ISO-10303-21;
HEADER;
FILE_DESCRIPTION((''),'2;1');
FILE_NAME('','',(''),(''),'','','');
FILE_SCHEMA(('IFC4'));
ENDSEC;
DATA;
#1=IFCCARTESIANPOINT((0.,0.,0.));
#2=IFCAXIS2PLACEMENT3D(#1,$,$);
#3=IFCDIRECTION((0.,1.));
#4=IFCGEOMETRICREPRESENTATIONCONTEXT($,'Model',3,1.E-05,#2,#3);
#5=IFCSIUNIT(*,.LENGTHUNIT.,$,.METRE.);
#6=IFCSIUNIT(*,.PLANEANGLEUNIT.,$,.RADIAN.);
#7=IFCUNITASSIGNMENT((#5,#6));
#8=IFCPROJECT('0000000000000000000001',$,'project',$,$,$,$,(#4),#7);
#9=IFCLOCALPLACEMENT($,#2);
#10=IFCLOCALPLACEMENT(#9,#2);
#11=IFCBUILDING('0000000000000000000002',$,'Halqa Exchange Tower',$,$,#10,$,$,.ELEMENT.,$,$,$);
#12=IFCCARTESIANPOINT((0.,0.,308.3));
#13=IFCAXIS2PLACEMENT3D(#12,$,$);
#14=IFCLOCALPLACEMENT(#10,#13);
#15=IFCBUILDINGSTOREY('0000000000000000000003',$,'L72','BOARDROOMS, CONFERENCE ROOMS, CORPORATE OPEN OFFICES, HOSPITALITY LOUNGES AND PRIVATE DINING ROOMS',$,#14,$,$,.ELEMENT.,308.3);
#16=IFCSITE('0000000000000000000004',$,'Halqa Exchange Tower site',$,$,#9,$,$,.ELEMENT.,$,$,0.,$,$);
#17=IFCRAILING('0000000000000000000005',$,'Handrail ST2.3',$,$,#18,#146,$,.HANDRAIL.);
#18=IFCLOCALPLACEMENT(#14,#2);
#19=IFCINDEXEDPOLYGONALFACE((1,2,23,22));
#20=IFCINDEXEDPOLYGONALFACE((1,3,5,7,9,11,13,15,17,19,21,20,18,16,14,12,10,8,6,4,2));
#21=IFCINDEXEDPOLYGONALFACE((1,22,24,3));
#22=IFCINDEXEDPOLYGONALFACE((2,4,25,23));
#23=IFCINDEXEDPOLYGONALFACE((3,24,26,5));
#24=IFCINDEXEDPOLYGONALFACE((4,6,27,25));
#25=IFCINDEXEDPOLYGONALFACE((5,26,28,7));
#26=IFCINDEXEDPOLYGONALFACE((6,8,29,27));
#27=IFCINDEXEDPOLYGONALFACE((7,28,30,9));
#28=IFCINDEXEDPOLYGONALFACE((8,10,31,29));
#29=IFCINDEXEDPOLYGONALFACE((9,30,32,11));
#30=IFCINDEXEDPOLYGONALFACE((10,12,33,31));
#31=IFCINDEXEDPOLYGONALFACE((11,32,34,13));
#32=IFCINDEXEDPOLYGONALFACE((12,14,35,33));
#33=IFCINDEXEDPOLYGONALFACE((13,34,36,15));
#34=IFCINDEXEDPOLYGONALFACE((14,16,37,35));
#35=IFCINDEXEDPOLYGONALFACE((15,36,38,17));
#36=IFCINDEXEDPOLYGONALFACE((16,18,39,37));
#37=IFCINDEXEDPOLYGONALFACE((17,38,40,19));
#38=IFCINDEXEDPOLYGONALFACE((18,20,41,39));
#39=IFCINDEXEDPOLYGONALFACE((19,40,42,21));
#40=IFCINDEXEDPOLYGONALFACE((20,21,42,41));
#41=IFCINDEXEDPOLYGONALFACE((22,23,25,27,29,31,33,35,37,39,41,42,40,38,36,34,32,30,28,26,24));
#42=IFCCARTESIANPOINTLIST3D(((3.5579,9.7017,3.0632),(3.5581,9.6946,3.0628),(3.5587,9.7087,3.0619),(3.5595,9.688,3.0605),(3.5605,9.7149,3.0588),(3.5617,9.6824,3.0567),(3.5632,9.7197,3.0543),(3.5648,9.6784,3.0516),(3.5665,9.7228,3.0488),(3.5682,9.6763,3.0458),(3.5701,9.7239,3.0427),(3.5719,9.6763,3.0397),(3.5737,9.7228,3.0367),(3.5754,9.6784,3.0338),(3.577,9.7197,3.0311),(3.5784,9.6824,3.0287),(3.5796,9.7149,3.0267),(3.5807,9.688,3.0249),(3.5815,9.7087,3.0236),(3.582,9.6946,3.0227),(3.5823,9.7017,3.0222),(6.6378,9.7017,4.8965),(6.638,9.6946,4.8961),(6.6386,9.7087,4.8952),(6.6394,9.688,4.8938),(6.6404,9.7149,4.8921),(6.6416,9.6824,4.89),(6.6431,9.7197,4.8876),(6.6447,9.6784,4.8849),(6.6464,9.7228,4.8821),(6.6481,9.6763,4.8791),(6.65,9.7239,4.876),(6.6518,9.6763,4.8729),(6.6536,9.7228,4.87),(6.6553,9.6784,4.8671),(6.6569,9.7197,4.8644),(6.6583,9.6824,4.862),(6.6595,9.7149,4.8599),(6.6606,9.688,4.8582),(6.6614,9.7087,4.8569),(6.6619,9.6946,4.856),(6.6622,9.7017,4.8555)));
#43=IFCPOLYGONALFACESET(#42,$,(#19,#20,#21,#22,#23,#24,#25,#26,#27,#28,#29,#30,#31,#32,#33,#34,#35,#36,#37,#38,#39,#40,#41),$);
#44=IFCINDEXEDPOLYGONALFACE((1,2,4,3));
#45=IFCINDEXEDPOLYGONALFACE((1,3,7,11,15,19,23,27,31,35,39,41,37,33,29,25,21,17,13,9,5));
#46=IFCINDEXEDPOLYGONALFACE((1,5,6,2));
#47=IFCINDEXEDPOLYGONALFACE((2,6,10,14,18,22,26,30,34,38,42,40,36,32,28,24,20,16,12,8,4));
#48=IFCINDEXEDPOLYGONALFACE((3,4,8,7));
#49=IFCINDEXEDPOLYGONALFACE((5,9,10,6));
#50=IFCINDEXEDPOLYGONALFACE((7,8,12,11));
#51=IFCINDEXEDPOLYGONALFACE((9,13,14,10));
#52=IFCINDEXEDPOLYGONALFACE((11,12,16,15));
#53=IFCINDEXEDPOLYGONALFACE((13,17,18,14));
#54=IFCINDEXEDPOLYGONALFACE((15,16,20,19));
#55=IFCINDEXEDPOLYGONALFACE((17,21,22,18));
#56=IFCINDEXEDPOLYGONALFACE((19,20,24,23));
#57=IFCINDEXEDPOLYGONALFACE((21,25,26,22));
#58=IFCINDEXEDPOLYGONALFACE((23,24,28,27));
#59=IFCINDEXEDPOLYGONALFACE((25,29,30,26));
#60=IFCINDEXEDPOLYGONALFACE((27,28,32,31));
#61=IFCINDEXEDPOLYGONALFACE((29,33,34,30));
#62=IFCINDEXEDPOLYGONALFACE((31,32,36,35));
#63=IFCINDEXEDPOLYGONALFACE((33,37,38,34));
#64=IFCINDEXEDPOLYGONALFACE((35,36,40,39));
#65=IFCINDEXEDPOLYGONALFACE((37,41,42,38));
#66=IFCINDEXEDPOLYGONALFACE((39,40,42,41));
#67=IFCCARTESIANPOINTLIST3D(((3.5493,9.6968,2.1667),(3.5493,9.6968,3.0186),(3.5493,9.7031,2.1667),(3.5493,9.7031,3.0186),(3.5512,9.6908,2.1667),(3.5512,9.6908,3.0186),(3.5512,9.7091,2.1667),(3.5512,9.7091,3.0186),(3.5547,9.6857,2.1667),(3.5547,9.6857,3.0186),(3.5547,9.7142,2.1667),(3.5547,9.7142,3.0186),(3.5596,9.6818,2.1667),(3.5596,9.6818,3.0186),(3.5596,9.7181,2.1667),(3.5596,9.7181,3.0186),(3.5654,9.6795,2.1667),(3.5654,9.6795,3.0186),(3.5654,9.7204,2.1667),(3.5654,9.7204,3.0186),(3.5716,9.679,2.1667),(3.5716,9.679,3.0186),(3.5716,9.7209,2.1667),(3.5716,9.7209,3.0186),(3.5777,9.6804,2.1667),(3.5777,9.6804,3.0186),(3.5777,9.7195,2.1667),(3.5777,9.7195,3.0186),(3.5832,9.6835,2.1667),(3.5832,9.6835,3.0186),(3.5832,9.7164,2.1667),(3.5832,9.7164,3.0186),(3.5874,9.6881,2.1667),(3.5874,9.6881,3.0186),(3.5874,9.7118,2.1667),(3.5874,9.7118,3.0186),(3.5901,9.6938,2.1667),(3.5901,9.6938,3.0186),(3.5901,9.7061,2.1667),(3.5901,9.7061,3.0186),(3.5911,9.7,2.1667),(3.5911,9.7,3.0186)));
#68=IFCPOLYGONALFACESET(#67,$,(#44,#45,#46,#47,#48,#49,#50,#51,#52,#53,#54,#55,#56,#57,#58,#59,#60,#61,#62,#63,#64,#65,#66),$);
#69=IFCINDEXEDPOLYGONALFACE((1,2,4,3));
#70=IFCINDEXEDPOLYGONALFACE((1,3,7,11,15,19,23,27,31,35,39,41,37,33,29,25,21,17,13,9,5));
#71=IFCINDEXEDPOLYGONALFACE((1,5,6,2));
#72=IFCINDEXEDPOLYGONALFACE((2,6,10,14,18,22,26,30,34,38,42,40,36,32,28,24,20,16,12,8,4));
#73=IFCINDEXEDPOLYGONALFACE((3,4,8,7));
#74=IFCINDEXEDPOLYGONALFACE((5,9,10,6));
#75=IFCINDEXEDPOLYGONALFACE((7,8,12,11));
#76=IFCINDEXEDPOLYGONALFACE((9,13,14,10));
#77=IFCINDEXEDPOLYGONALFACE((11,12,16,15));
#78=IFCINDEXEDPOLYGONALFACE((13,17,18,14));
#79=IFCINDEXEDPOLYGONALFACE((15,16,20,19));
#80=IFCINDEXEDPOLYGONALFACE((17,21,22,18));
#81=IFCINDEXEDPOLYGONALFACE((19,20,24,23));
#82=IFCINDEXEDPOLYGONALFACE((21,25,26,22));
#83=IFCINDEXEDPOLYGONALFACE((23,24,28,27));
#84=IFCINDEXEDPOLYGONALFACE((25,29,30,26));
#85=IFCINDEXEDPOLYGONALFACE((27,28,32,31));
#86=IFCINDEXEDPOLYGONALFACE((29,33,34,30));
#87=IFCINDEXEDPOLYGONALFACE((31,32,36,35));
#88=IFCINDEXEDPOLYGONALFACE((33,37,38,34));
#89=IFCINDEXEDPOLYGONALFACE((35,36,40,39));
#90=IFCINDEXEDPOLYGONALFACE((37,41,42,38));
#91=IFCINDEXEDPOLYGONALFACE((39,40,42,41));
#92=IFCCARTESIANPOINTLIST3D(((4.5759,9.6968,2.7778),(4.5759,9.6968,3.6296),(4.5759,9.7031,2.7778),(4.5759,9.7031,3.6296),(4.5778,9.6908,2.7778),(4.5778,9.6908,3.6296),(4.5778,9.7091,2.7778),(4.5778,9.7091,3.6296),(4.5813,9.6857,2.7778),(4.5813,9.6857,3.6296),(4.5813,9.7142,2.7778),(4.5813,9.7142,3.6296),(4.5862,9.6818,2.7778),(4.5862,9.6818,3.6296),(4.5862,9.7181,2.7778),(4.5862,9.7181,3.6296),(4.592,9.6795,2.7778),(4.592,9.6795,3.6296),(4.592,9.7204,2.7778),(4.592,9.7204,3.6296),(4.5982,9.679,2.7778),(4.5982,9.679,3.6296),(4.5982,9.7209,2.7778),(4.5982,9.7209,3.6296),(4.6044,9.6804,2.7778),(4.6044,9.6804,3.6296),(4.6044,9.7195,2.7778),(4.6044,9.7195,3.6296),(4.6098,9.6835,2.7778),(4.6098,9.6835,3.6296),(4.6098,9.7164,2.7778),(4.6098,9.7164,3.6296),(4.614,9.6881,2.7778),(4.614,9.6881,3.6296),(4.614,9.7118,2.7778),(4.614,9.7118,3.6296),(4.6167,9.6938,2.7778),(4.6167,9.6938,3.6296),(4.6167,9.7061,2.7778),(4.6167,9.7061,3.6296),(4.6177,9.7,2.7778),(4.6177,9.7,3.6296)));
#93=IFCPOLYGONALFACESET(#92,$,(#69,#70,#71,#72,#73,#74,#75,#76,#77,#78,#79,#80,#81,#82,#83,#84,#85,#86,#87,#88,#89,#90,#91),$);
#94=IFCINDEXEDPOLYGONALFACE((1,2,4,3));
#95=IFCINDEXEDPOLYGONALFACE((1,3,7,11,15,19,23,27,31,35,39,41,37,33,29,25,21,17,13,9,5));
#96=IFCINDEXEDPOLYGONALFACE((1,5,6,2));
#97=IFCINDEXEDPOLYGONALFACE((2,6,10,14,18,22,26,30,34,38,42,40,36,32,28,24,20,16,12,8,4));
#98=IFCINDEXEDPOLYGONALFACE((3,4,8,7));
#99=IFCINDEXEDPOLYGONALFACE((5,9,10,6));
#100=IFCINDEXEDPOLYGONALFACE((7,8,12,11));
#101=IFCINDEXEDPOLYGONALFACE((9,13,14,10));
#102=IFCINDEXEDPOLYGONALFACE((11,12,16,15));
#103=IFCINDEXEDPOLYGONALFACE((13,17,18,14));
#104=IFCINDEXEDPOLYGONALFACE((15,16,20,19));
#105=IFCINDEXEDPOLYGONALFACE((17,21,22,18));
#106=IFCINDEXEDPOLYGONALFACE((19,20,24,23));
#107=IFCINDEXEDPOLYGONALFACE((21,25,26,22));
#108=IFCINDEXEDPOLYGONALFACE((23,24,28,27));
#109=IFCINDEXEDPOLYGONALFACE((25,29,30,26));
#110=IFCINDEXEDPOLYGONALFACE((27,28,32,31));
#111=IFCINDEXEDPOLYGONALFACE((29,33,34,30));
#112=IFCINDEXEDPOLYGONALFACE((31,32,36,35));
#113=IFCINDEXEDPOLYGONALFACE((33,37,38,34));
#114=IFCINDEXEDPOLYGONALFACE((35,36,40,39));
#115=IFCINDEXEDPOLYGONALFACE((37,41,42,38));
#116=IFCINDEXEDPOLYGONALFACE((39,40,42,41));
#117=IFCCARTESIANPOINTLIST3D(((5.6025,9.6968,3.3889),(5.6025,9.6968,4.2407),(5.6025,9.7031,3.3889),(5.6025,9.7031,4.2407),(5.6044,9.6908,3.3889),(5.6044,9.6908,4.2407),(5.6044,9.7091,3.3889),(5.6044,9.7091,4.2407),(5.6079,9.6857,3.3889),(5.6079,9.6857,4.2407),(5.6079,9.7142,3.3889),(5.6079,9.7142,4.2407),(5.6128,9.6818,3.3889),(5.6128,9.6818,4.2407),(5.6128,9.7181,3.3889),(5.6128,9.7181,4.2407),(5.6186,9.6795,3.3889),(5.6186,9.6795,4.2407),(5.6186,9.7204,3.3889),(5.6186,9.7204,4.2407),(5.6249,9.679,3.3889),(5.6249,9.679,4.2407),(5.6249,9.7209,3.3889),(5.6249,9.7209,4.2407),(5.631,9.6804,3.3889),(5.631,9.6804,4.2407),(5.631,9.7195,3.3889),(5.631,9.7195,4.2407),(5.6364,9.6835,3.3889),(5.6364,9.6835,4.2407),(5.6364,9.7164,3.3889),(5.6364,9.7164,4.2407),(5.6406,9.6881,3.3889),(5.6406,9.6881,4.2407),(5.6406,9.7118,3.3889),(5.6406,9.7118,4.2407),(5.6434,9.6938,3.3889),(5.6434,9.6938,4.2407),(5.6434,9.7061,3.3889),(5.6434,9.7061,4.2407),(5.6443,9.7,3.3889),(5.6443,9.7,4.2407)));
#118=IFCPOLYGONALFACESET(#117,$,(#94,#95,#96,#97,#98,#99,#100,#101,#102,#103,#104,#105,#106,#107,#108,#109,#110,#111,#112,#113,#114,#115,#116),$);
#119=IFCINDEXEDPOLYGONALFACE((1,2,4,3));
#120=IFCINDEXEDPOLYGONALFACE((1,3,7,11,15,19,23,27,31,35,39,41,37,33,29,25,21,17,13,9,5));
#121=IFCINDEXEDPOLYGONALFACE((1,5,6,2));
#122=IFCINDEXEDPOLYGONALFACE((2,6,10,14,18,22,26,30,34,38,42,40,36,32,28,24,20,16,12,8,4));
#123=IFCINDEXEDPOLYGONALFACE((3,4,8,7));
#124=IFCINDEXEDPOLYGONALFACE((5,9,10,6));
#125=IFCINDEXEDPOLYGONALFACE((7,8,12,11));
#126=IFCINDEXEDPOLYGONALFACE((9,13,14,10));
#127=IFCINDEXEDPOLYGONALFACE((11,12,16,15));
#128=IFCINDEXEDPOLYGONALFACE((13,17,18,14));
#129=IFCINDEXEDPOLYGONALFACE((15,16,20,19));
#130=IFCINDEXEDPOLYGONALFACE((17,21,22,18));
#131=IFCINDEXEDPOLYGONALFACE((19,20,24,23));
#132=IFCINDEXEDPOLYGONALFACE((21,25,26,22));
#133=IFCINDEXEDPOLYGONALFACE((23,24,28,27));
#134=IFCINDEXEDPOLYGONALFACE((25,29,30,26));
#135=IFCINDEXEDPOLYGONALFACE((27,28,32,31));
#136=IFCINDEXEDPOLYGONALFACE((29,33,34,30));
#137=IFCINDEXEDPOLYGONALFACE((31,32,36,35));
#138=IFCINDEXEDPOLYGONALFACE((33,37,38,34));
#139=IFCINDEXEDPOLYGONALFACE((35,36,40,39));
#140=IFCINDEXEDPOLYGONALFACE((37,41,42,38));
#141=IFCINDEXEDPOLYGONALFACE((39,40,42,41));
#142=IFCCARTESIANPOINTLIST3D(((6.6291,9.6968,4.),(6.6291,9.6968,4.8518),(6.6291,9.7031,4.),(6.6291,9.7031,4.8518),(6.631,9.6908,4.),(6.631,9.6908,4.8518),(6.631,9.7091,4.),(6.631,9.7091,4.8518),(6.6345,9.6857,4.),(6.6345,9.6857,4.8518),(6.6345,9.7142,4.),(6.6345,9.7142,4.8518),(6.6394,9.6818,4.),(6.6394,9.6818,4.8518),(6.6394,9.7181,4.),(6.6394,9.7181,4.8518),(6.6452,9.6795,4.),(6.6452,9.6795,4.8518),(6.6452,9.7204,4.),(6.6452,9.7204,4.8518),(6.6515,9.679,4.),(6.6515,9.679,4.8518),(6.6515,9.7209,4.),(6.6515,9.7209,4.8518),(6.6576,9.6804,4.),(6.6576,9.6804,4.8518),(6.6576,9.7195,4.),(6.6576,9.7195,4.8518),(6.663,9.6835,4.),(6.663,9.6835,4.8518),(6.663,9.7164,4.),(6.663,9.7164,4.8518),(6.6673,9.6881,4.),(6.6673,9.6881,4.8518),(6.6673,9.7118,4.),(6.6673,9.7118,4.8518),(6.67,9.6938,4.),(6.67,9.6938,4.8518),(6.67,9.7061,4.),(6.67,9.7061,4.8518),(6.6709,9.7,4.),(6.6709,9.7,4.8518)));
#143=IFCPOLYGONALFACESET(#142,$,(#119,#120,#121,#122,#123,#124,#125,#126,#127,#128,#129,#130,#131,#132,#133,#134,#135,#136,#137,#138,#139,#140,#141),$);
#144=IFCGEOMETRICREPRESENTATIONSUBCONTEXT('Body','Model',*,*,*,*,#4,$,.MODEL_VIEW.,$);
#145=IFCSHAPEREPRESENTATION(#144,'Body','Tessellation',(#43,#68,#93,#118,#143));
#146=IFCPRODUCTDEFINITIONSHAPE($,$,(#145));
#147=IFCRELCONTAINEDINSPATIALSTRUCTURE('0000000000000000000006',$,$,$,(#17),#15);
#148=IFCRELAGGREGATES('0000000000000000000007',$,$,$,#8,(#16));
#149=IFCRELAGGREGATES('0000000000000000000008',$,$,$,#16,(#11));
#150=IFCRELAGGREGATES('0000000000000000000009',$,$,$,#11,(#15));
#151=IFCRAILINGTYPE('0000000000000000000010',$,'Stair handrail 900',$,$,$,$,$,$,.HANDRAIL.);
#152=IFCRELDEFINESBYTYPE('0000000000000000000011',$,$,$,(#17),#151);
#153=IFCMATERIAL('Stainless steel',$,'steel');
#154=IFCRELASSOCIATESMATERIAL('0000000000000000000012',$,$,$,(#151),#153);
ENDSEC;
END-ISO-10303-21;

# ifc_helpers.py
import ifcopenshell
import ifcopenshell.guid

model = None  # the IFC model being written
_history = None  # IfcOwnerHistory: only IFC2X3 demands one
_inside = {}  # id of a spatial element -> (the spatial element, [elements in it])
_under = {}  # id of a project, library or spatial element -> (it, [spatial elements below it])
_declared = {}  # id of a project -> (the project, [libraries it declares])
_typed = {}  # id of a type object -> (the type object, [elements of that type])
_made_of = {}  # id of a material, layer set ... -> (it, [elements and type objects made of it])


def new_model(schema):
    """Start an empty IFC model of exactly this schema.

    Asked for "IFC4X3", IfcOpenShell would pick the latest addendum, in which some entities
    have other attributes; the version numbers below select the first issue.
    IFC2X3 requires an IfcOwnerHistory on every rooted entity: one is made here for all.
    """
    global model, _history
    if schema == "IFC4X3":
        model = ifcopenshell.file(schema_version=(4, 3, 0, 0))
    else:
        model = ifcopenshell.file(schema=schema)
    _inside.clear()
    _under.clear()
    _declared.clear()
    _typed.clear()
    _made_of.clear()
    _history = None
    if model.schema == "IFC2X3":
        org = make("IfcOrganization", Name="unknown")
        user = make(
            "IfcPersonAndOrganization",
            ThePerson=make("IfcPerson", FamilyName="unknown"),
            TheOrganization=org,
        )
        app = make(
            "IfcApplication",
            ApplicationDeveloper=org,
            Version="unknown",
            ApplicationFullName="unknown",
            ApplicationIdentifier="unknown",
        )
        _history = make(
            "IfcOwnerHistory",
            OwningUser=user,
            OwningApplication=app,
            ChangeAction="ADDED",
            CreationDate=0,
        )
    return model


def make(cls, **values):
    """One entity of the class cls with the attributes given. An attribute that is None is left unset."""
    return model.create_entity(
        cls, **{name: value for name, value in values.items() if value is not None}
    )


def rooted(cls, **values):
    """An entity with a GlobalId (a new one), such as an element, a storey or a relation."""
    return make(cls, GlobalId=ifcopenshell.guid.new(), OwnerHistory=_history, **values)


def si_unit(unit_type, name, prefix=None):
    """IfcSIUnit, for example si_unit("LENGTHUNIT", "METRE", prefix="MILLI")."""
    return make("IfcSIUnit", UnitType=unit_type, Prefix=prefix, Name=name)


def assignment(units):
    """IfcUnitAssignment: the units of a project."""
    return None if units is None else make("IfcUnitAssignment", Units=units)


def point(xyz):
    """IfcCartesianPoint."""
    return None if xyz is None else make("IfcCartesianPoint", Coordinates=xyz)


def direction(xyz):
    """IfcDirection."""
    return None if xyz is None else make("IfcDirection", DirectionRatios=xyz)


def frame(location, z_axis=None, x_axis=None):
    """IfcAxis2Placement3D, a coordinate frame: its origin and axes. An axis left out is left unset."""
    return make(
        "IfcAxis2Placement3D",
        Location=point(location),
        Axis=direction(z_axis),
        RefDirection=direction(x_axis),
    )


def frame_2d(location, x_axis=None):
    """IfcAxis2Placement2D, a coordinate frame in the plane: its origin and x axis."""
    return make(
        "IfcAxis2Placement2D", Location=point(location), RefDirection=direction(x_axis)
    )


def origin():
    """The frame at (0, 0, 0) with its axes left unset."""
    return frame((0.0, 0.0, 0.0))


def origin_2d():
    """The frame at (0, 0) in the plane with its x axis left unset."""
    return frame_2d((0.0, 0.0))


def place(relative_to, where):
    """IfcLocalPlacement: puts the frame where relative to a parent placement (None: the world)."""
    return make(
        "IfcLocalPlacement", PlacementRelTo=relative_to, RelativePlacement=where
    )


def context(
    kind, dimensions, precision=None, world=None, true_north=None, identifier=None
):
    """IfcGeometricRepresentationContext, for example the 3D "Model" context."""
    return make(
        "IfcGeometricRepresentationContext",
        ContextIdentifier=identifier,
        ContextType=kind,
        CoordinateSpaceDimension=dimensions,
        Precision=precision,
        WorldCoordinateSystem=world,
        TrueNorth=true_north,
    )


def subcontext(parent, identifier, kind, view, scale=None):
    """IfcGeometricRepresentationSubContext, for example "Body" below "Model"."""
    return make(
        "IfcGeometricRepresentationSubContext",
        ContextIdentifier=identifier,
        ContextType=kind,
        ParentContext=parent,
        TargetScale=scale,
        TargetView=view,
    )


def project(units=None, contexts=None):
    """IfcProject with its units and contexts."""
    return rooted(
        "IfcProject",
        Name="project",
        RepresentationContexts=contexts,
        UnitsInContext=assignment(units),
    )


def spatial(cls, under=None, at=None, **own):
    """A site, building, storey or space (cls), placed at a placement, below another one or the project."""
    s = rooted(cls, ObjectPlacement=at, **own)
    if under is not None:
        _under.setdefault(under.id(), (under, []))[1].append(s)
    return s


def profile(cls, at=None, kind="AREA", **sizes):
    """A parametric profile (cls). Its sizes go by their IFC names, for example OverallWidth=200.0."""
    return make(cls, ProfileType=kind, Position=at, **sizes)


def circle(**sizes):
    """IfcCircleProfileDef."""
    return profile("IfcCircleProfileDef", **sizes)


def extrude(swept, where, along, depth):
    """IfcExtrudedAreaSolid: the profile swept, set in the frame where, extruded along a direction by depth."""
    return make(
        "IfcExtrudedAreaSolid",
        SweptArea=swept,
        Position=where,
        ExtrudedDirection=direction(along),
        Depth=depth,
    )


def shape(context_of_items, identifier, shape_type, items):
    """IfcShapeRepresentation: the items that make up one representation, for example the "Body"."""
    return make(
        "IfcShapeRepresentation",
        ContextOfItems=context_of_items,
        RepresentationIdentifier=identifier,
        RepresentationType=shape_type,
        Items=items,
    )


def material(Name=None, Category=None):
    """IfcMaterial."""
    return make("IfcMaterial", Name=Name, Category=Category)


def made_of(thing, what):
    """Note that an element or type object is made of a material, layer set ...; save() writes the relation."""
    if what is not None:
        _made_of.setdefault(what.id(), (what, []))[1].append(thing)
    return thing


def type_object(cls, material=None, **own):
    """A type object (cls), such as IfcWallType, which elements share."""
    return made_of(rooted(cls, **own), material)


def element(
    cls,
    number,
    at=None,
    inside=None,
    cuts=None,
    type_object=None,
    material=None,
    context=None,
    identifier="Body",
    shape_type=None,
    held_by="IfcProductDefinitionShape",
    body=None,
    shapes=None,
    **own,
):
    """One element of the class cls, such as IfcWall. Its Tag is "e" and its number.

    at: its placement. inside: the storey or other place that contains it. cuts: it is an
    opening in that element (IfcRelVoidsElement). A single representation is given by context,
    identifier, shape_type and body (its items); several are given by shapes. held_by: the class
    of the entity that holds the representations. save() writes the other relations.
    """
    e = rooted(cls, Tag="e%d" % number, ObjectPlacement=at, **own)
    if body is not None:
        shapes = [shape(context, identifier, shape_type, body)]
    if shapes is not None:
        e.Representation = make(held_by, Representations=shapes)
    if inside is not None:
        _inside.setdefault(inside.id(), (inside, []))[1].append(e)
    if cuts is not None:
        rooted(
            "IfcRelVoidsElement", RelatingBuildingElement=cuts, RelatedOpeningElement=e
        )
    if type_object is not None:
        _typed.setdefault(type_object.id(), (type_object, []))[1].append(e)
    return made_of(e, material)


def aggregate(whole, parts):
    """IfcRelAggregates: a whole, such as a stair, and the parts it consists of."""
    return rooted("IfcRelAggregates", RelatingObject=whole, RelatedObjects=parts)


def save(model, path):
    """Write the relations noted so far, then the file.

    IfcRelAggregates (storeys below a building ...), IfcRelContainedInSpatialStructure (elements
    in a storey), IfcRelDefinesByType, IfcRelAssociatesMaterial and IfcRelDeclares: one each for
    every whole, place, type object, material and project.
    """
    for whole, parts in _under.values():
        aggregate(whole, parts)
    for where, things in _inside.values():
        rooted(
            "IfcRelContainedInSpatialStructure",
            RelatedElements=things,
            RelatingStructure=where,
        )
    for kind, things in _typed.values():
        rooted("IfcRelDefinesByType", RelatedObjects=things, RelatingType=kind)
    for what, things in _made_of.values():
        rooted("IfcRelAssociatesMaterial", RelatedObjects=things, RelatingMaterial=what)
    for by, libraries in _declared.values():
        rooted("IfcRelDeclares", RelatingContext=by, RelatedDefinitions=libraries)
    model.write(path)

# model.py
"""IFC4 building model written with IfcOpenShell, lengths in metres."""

from ifc_helpers import new_model, si_unit, direction, frame, origin, origin_2d, place, context, subcontext, project, spatial, circle, extrude, material, type_object, element, save


model = new_model("IFC4")

# Units and contexts
model_context = context("Model", 3, precision=1e-05, world=origin(), true_north=direction((0.0, 1.0)))
body_context = subcontext(model_context, "Body", "Model", "MODEL_VIEW")
ifc_project = project(units=[si_unit("LENGTHUNIT", "METRE"), si_unit("PLANEANGLEUNIT", "RADIAN")], contexts=[model_context])

# Site, building, storey
site_placement = place(None, origin())
site = spatial("IfcSite", under=ifc_project, at=site_placement, Name="Halqa Exchange Tower site", CompositionType="ELEMENT", RefElevation=0.0)
building_placement = place(site_placement, origin())
building = spatial("IfcBuilding", under=site, at=building_placement, Name="Halqa Exchange Tower", CompositionType="ELEMENT")
storey_placement = place(building_placement, frame((0.0, 0.0, 308.3)))
storey = spatial("IfcBuildingStorey", under=building, at=storey_placement, Name="L72", Description="BOARDROOMS, CONFERENCE ROOMS, CORPORATE OPEN OFFICES, HOSPITALITY LOUNGES AND PRIVATE DINING ROOMS", CompositionType="ELEMENT", Elevation=308.3)

# Railing
ifc_material_1 = material(Name="Stainless steel", Category="steel")
railing_type_1 = type_object("IfcRailingType", Name="Stair handrail 900", PredefinedType="HANDRAIL", material=ifc_material_1)
railing_1_placement = place(storey_placement, frame((3.5701, 9.7, 2.1667)))
element("IfcRailing", 1, at=railing_1_placement, inside=storey, type_object=railing_type_1, Name="Handrail ST2.3", PredefinedType="HANDRAIL", context=body_context, shape_type="SweptSolid", body=[
    extrude(circle(Radius=0.0239, at=origin_2d()), frame((0.0, 0.0, 0.876), z_axis=(0.859291, 0.0, 0.511487), x_axis=(0.0, 1.0, 0.0)), (0.0, 0.0, 1.0), 3.5842),
    extrude(circle(Radius=0.021, at=origin_2d()), origin(), (0.0, 0.0, 1.0), 0.8518),
    extrude(circle(Radius=0.021, at=origin_2d()), frame((1.0266, 0.0, 0.6111)), (0.0, 0.0, 1.0), 0.8518),
    extrude(circle(Radius=0.021, at=origin_2d()), frame((2.0532, 0.0, 1.2222)), (0.0, 0.0, 1.0), 0.8518),
    extrude(circle(Radius=0.021, at=origin_2d()), frame((3.0798, 0.0, 1.8333)), (0.0, 0.0, 1.0), 0.8518),
])

save(model, "model.ifc")
